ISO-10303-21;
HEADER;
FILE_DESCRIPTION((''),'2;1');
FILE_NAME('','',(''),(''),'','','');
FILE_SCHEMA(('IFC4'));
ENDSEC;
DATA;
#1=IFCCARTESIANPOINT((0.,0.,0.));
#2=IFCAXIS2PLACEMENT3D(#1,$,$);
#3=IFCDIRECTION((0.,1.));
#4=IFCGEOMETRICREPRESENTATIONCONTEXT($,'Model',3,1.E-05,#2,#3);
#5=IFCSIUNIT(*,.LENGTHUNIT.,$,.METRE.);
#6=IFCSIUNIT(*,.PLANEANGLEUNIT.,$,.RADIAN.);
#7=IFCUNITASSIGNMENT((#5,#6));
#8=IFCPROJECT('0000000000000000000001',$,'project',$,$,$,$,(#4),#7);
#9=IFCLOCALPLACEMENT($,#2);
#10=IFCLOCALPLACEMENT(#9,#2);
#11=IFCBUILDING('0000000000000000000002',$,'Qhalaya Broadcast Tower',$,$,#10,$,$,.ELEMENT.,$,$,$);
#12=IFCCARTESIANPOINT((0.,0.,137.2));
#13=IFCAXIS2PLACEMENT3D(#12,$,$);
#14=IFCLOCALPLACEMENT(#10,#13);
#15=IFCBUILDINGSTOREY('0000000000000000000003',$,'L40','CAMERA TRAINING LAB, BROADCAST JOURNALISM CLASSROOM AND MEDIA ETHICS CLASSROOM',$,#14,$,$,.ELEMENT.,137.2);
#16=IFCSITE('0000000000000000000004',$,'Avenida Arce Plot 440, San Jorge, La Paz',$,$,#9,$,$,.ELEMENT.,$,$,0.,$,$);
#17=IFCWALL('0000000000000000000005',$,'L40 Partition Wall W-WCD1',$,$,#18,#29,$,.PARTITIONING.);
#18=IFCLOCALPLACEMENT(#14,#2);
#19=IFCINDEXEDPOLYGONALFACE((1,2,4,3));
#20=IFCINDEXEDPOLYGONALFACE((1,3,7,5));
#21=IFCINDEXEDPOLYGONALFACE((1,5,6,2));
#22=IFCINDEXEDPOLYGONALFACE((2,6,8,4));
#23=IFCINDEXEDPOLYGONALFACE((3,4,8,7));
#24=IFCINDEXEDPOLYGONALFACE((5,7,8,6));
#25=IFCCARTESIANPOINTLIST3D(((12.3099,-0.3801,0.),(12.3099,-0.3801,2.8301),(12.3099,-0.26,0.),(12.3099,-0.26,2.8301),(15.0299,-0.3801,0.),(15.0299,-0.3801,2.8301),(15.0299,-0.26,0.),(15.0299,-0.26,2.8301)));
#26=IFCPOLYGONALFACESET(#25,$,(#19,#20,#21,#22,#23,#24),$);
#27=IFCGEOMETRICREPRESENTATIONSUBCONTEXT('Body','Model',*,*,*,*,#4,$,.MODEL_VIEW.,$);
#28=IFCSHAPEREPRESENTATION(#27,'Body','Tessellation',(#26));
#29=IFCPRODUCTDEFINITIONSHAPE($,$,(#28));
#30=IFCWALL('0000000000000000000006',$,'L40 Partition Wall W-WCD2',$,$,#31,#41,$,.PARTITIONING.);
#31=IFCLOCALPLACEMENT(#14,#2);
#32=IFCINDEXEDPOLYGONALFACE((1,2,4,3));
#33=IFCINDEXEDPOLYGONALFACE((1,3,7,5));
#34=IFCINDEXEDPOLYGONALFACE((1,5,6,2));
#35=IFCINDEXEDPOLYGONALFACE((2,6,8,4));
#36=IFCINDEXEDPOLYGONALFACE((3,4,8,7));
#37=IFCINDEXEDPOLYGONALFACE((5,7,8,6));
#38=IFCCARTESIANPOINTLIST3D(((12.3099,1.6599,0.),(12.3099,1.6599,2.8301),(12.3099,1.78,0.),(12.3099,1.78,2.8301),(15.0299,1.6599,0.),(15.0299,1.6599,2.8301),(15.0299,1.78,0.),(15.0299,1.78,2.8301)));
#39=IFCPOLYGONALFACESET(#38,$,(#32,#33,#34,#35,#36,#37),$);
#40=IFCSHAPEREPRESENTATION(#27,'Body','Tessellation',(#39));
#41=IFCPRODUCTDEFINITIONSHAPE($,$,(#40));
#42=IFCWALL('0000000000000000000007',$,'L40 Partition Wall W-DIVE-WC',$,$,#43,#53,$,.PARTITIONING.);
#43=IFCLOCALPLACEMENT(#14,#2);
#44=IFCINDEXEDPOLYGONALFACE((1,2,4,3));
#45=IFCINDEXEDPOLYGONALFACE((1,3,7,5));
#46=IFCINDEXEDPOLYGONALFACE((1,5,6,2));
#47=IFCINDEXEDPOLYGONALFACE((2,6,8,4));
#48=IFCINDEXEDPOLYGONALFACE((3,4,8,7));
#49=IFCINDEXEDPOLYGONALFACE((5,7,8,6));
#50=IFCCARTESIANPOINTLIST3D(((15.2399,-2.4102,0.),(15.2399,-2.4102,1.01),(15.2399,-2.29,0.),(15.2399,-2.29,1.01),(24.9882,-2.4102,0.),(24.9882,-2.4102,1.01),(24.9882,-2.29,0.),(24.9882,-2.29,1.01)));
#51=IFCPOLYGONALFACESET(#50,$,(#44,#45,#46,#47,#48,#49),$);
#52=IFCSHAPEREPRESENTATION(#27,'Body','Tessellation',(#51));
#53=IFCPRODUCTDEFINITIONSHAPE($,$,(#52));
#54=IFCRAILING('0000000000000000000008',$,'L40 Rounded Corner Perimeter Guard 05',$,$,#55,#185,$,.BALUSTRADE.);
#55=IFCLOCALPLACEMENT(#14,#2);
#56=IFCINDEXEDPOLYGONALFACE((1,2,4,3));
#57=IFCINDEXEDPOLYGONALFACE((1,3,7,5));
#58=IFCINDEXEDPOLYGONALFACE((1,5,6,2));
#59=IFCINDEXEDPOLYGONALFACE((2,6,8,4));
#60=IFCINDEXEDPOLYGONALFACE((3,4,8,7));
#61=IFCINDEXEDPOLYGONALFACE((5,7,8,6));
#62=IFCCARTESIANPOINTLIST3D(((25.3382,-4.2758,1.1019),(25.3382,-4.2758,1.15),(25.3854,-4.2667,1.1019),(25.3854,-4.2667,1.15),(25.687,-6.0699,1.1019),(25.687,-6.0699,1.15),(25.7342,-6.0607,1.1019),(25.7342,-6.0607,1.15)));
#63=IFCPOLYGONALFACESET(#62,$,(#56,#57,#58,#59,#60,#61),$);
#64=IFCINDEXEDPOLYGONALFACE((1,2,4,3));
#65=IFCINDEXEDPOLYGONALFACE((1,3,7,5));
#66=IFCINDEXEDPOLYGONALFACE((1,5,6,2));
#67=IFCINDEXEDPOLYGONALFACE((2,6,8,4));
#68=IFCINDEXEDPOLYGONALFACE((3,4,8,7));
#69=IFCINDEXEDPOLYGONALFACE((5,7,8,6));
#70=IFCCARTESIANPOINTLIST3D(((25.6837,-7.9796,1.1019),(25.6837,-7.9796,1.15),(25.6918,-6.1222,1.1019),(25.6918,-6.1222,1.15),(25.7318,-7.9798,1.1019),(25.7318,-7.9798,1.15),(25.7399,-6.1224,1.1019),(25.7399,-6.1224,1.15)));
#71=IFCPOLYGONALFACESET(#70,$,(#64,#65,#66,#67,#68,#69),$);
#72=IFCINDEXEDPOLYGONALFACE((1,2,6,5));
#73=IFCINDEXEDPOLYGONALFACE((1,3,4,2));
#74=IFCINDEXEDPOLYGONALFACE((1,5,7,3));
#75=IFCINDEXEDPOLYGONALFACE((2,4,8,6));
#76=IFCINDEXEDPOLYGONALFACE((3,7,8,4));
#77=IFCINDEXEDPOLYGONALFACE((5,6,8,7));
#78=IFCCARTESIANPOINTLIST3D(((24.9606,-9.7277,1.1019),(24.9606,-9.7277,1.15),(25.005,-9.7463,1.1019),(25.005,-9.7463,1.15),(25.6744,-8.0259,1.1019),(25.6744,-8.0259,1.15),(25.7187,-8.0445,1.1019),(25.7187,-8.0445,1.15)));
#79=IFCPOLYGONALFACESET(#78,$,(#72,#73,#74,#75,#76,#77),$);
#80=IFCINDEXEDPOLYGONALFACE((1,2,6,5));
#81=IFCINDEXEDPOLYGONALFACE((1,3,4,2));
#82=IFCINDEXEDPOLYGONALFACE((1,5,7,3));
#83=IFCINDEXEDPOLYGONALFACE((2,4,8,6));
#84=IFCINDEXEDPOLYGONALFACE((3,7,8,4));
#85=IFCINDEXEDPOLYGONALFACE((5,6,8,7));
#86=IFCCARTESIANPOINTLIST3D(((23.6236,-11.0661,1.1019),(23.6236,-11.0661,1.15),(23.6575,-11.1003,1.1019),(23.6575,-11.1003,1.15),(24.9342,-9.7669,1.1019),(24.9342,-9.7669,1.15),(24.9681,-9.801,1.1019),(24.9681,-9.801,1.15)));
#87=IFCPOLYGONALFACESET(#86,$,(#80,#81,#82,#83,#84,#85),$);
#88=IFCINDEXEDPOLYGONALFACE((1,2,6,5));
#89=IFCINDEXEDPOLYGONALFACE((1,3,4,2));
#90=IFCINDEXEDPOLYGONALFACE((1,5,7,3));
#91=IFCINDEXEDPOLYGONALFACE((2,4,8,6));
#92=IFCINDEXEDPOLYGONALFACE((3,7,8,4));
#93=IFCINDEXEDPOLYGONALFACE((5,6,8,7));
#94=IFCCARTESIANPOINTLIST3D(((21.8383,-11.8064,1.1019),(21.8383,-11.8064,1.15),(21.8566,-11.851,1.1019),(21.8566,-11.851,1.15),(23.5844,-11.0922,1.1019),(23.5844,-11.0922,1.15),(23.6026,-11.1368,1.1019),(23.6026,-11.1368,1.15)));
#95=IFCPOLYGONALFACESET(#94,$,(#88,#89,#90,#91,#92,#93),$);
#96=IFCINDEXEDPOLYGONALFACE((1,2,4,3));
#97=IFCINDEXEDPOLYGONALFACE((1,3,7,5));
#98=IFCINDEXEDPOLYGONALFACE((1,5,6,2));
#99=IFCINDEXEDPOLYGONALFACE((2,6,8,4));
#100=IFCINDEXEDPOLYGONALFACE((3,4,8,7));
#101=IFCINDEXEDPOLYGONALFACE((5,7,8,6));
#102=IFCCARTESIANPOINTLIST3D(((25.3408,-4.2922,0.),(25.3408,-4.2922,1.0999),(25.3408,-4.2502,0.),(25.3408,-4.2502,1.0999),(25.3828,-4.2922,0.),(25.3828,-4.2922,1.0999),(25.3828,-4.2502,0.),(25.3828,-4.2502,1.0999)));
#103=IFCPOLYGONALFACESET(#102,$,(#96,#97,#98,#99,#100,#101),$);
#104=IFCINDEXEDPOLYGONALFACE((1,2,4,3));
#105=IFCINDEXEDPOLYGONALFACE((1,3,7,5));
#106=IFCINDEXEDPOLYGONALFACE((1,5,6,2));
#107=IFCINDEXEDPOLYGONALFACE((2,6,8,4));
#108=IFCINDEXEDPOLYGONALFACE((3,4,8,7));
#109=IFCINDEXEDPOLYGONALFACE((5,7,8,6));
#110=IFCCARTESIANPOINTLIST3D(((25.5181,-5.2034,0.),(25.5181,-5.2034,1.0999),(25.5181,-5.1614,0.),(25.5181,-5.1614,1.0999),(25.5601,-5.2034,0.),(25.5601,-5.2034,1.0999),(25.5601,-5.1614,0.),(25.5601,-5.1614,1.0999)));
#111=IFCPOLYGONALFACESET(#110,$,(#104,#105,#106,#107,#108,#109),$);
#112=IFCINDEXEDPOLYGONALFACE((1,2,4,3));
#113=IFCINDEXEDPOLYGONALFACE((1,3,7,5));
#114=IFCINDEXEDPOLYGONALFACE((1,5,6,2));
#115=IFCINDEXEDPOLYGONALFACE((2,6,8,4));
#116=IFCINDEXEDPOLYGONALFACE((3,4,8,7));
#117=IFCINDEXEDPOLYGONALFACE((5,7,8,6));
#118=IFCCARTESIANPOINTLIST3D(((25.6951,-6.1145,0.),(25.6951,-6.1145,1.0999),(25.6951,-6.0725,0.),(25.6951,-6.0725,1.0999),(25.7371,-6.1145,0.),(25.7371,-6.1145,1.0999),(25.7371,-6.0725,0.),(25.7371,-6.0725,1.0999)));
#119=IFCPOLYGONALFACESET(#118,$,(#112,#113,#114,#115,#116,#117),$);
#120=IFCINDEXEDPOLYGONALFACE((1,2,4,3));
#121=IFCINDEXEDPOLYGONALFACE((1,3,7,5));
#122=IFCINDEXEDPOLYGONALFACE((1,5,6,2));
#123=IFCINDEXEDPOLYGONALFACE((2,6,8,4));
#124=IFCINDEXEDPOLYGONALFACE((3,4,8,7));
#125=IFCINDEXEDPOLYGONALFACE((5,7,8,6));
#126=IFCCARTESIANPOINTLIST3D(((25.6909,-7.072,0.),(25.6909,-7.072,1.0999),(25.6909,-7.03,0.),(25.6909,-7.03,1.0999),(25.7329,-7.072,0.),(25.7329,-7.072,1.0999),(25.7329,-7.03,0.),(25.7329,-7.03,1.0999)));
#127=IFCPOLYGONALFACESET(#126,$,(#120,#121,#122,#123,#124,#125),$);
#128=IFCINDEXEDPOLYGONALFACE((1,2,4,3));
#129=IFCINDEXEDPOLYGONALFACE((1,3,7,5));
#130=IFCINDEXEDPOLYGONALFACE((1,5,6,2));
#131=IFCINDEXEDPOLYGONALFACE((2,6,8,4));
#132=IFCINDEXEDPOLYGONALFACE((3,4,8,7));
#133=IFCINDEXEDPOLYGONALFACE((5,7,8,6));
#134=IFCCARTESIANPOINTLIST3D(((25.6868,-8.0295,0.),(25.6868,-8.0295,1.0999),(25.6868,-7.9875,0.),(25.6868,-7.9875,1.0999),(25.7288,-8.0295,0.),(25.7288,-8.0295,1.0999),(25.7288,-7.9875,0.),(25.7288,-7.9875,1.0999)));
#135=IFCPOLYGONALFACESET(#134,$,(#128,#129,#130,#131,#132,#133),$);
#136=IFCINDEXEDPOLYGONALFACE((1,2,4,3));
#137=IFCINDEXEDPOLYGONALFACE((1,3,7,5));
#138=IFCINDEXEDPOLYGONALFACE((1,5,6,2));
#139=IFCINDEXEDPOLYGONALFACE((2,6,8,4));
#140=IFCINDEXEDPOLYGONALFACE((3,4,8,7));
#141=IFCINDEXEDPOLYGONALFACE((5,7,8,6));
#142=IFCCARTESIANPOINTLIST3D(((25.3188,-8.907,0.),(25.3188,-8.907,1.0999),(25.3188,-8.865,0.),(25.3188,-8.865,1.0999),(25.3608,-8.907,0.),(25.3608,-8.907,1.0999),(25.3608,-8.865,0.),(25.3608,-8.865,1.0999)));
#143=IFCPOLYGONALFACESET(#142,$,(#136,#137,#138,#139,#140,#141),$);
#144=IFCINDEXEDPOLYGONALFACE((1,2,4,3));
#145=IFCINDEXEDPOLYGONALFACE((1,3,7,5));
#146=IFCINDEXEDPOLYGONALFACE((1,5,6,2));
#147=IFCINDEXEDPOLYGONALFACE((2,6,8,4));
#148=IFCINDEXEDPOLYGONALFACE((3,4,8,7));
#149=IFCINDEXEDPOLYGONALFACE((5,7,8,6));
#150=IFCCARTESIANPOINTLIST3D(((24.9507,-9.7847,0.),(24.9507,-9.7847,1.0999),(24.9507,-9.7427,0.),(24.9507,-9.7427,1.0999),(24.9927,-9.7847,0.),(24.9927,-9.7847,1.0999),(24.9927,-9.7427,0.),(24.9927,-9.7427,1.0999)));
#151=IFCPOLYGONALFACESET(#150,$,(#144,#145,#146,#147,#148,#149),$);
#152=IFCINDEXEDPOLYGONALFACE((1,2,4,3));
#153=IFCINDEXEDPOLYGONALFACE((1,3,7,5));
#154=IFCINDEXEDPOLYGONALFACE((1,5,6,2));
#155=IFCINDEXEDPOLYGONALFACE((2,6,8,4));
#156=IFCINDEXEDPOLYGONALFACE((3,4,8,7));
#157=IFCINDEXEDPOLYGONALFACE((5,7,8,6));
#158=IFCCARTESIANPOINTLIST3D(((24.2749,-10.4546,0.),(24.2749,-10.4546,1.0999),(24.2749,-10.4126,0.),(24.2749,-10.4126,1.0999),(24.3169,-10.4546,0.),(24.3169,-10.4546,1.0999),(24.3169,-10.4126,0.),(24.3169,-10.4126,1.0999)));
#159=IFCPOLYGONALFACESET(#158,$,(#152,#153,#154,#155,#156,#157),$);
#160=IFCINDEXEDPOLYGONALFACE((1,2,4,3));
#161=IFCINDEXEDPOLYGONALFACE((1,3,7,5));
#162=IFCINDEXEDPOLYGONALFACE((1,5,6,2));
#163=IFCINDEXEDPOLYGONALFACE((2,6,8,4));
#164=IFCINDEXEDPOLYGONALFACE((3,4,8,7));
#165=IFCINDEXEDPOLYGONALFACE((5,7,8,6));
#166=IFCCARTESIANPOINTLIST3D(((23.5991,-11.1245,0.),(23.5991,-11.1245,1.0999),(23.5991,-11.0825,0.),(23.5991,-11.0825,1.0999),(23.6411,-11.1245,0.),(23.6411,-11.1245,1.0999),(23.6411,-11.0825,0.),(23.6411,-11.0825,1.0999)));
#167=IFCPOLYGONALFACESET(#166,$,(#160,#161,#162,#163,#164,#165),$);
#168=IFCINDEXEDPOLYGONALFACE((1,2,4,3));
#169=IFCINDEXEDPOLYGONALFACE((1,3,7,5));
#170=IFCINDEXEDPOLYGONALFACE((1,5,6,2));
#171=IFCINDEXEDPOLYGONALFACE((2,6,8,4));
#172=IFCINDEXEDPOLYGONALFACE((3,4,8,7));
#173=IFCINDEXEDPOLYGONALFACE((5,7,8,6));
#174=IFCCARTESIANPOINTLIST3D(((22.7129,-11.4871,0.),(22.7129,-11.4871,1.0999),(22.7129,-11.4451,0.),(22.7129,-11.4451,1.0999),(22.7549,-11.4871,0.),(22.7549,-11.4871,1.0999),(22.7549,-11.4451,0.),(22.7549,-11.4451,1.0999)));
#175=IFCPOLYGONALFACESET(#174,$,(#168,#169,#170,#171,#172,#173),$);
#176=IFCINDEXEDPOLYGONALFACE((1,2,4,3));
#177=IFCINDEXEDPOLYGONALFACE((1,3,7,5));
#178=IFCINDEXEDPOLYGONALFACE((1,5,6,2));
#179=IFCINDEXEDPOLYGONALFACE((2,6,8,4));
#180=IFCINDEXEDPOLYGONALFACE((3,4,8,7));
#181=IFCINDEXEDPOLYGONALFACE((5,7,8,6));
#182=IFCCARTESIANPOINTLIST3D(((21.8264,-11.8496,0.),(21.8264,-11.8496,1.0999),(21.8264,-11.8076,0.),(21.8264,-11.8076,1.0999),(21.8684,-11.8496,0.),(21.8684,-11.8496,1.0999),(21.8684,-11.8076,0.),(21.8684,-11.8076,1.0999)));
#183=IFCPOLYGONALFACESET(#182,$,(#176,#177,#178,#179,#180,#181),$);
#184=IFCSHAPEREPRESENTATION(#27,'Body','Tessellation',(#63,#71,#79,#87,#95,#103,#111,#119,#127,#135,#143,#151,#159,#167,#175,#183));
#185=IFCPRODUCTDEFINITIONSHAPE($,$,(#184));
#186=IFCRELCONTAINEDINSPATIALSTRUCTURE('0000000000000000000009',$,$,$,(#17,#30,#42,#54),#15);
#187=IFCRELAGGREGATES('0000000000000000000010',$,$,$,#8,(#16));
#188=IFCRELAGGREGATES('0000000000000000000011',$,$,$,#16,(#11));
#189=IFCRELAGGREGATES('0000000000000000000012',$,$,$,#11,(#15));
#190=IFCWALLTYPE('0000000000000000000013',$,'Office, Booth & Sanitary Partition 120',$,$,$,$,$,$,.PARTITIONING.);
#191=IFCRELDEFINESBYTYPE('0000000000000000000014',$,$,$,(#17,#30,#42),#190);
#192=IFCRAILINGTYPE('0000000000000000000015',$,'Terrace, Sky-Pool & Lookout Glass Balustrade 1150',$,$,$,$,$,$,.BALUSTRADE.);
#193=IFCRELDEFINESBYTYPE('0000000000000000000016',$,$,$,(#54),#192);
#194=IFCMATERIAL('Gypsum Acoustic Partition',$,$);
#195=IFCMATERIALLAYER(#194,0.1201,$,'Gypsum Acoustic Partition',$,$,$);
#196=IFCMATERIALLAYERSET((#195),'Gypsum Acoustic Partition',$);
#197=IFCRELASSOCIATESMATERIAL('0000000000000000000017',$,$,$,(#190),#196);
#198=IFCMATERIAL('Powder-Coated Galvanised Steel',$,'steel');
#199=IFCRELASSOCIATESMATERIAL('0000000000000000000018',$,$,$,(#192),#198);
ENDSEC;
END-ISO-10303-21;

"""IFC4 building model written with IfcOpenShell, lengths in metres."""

from ifc_helpers import new_model, si_unit, direction, frame, frame_2d, origin, origin_2d, place, context, subcontext, project, spatial, rectangle, extrude, material, layer, layer_set, type_object, element, save


model = new_model("IFC4")

# Units and contexts
model_context = context("Model", 3, precision=1e-05, world=origin(), true_north=direction((0.0, 1.0)))
body_context = subcontext(model_context, "Body", "Model", "MODEL_VIEW")
ifc_project = project(units=[si_unit("LENGTHUNIT", "METRE"), si_unit("PLANEANGLEUNIT", "RADIAN")], contexts=[model_context])

# Site, building, storey
site_placement = place(None, origin())
site = spatial("IfcSite", under=ifc_project, at=site_placement, Name="Avenida Arce Plot 440, San Jorge, La Paz", CompositionType="ELEMENT", RefElevation=0.0)
building_placement = place(site_placement, origin())
building = spatial("IfcBuilding", under=site, at=building_placement, Name="Qhalaya Broadcast Tower", CompositionType="ELEMENT")
storey_placement = place(building_placement, frame((0.0, 0.0, 137.2)))
storey = spatial("IfcBuildingStorey", under=building, at=storey_placement, Name="L40", Description="CAMERA TRAINING LAB, BROADCAST JOURNALISM CLASSROOM AND MEDIA ETHICS CLASSROOM", CompositionType="ELEMENT", Elevation=137.2)

# Shared definitions
ifc_material_1 = material(Name="Gypsum Acoustic Partition")
ifc_layer_1 = layer(ifc_material_1, 0.1201, Name="Gypsum Acoustic Partition")
ifc_layer_set_1 = layer_set([ifc_layer_1], Name="Gypsum Acoustic Partition")
wall_type_1 = type_object("IfcWallType", Name="Office, Booth & Sanitary Partition 120", PredefinedType="PARTITIONING", material=ifc_layer_set_1)

# Walls
for number, where, z_axis, x_axis, name in (
    (1, (12.3101, -0.3201, 0.0), (0.0, 0.0, 1.0), (1.0, 0.0, 0.0), "L40 Partition Wall W-WCD1"),
    (2, (12.3101, 1.72, 0.0), (0.0, 0.0, 1.0), (1.0, 0.0, 0.0), "L40 Partition Wall W-WCD2"),
):
    element("IfcWall", number, at=place(storey_placement, frame(where, z_axis=z_axis, x_axis=x_axis)), inside=storey, type_object=wall_type_1, Name=name, PredefinedType="PARTITIONING", context=body_context, shape_type="SweptSolid", body=[
        extrude(rectangle(XDim=2.72, YDim=0.1201, at=frame_2d((1.3599, 0.0))), origin(), (0.0, 0.0, 1.0), 2.8301),
    ])
wall_1_placement = place(storey_placement, frame((15.24, -2.3501, 0.0), z_axis=(0.0, 0.0, 1.0), x_axis=(1.0, 0.0, 0.0)))
element("IfcWall", 3, at=wall_1_placement, inside=storey, type_object=wall_type_1, Name="L40 Partition Wall W-DIVE-WC", PredefinedType="PARTITIONING", context=body_context, shape_type="SweptSolid", body=[
    extrude(rectangle(XDim=9.7483, YDim=0.1201, at=frame_2d((4.874, 0.0))), origin(), (0.0, 0.0, 1.0), 1.01),
])

# Railing
ifc_material_2 = material(Name="Powder-Coated Galvanised Steel", Category="steel")
railing_type = type_object("IfcRailingType", Name="Terrace, Sky-Pool & Lookout Glass Balustrade 1150", PredefinedType="BALUSTRADE", material=ifc_material_2)
railing_placement = place(storey_placement, frame((25.3618, -4.2712, 0.0)))
element("IfcRailing", 4, at=railing_placement, inside=storey, type_object=railing_type, Name="L40 Rounded Corner Perimeter Guard 05", PredefinedType="BALUSTRADE", context=body_context, shape_type="SweptSolid", body=[
    extrude(rectangle(XDim=0.0481, YDim=0.0481, at=origin_2d()), frame((0.0, 0.0, 1.126), z_axis=(0.190827, -0.981624, 0.0), x_axis=(0.981624, 0.190827, 0.0)), (0.0, 0.0, 1.0), 1.8276),
    extrude(rectangle(XDim=0.0481, YDim=0.0481, at=origin_2d()), frame((0.354, -1.8511, 1.126), z_axis=(-0.004334, -0.999991, 0.0), x_axis=(0.999991, -0.004334, 0.0)), (0.0, 0.0, 1.0), 1.8574),
    extrude(rectangle(XDim=0.0481, YDim=0.0481, at=origin_2d()), frame((0.3347, -3.7639, 1.126), z_axis=(-0.386755, -0.922183, 0.0), x_axis=(0.922183, -0.386755, 0.0)), (0.0, 0.0, 1.0), 1.8455),
    extrude(rectangle(XDim=0.0481, YDim=0.0481, at=origin_2d()), frame((-0.4106, -5.5127, 1.126), z_axis=(-0.710179, -0.704021, 0.0), x_axis=(0.704021, -0.710179, 0.0)), (0.0, 0.0, 1.0), 1.8455),
    extrude(rectangle(XDim=0.0481, YDim=0.0481, at=origin_2d()), frame((-1.7683, -6.8433, 1.126), z_axis=(-0.925565, -0.378588, 0.0), x_axis=(0.378588, -0.925565, 0.0)), (0.0, 0.0, 1.0), 1.8865),
    extrude(rectangle(XDim=0.042, YDim=0.042, at=origin_2d()), origin(), (0.0, 0.0, 1.0), 1.0999),
    extrude(rectangle(XDim=0.042, YDim=0.042, at=origin_2d()), frame((0.1772, -0.9111, 0.0)), (0.0, 0.0, 1.0), 1.0999),
    extrude(rectangle(XDim=0.042, YDim=0.042, at=origin_2d()), frame((0.3542, -1.8223, 0.0)), (0.0, 0.0, 1.0), 1.0999),
    extrude(rectangle(XDim=0.042, YDim=0.042, at=origin_2d()), frame((0.3501, -2.7798, 0.0)), (0.0, 0.0, 1.0), 1.0999),
    extrude(rectangle(XDim=0.042, YDim=0.042, at=origin_2d()), frame((0.3459, -3.7373, 0.0)), (0.0, 0.0, 1.0), 1.0999),
    extrude(rectangle(XDim=0.042, YDim=0.042, at=origin_2d()), frame((-0.022, -4.6147, 0.0)), (0.0, 0.0, 1.0), 1.0999),
    extrude(rectangle(XDim=0.042, YDim=0.042, at=origin_2d()), frame((-0.3901, -5.4924, 0.0)), (0.0, 0.0, 1.0), 1.0999),
    extrude(rectangle(XDim=0.042, YDim=0.042, at=origin_2d()), frame((-1.0659, -6.1624, 0.0)), (0.0, 0.0, 1.0), 1.0999),
    extrude(rectangle(XDim=0.042, YDim=0.042, at=origin_2d()), frame((-1.7417, -6.8323, 0.0)), (0.0, 0.0, 1.0), 1.0999),
    extrude(rectangle(XDim=0.042, YDim=0.042, at=origin_2d()), frame((-2.6279, -7.1948, 0.0)), (0.0, 0.0, 1.0), 1.0999),
    extrude(rectangle(XDim=0.042, YDim=0.042, at=origin_2d()), frame((-3.5144, -7.5574, 0.0)), (0.0, 0.0, 1.0), 1.0999),
])

save(model, "model.ifc")
